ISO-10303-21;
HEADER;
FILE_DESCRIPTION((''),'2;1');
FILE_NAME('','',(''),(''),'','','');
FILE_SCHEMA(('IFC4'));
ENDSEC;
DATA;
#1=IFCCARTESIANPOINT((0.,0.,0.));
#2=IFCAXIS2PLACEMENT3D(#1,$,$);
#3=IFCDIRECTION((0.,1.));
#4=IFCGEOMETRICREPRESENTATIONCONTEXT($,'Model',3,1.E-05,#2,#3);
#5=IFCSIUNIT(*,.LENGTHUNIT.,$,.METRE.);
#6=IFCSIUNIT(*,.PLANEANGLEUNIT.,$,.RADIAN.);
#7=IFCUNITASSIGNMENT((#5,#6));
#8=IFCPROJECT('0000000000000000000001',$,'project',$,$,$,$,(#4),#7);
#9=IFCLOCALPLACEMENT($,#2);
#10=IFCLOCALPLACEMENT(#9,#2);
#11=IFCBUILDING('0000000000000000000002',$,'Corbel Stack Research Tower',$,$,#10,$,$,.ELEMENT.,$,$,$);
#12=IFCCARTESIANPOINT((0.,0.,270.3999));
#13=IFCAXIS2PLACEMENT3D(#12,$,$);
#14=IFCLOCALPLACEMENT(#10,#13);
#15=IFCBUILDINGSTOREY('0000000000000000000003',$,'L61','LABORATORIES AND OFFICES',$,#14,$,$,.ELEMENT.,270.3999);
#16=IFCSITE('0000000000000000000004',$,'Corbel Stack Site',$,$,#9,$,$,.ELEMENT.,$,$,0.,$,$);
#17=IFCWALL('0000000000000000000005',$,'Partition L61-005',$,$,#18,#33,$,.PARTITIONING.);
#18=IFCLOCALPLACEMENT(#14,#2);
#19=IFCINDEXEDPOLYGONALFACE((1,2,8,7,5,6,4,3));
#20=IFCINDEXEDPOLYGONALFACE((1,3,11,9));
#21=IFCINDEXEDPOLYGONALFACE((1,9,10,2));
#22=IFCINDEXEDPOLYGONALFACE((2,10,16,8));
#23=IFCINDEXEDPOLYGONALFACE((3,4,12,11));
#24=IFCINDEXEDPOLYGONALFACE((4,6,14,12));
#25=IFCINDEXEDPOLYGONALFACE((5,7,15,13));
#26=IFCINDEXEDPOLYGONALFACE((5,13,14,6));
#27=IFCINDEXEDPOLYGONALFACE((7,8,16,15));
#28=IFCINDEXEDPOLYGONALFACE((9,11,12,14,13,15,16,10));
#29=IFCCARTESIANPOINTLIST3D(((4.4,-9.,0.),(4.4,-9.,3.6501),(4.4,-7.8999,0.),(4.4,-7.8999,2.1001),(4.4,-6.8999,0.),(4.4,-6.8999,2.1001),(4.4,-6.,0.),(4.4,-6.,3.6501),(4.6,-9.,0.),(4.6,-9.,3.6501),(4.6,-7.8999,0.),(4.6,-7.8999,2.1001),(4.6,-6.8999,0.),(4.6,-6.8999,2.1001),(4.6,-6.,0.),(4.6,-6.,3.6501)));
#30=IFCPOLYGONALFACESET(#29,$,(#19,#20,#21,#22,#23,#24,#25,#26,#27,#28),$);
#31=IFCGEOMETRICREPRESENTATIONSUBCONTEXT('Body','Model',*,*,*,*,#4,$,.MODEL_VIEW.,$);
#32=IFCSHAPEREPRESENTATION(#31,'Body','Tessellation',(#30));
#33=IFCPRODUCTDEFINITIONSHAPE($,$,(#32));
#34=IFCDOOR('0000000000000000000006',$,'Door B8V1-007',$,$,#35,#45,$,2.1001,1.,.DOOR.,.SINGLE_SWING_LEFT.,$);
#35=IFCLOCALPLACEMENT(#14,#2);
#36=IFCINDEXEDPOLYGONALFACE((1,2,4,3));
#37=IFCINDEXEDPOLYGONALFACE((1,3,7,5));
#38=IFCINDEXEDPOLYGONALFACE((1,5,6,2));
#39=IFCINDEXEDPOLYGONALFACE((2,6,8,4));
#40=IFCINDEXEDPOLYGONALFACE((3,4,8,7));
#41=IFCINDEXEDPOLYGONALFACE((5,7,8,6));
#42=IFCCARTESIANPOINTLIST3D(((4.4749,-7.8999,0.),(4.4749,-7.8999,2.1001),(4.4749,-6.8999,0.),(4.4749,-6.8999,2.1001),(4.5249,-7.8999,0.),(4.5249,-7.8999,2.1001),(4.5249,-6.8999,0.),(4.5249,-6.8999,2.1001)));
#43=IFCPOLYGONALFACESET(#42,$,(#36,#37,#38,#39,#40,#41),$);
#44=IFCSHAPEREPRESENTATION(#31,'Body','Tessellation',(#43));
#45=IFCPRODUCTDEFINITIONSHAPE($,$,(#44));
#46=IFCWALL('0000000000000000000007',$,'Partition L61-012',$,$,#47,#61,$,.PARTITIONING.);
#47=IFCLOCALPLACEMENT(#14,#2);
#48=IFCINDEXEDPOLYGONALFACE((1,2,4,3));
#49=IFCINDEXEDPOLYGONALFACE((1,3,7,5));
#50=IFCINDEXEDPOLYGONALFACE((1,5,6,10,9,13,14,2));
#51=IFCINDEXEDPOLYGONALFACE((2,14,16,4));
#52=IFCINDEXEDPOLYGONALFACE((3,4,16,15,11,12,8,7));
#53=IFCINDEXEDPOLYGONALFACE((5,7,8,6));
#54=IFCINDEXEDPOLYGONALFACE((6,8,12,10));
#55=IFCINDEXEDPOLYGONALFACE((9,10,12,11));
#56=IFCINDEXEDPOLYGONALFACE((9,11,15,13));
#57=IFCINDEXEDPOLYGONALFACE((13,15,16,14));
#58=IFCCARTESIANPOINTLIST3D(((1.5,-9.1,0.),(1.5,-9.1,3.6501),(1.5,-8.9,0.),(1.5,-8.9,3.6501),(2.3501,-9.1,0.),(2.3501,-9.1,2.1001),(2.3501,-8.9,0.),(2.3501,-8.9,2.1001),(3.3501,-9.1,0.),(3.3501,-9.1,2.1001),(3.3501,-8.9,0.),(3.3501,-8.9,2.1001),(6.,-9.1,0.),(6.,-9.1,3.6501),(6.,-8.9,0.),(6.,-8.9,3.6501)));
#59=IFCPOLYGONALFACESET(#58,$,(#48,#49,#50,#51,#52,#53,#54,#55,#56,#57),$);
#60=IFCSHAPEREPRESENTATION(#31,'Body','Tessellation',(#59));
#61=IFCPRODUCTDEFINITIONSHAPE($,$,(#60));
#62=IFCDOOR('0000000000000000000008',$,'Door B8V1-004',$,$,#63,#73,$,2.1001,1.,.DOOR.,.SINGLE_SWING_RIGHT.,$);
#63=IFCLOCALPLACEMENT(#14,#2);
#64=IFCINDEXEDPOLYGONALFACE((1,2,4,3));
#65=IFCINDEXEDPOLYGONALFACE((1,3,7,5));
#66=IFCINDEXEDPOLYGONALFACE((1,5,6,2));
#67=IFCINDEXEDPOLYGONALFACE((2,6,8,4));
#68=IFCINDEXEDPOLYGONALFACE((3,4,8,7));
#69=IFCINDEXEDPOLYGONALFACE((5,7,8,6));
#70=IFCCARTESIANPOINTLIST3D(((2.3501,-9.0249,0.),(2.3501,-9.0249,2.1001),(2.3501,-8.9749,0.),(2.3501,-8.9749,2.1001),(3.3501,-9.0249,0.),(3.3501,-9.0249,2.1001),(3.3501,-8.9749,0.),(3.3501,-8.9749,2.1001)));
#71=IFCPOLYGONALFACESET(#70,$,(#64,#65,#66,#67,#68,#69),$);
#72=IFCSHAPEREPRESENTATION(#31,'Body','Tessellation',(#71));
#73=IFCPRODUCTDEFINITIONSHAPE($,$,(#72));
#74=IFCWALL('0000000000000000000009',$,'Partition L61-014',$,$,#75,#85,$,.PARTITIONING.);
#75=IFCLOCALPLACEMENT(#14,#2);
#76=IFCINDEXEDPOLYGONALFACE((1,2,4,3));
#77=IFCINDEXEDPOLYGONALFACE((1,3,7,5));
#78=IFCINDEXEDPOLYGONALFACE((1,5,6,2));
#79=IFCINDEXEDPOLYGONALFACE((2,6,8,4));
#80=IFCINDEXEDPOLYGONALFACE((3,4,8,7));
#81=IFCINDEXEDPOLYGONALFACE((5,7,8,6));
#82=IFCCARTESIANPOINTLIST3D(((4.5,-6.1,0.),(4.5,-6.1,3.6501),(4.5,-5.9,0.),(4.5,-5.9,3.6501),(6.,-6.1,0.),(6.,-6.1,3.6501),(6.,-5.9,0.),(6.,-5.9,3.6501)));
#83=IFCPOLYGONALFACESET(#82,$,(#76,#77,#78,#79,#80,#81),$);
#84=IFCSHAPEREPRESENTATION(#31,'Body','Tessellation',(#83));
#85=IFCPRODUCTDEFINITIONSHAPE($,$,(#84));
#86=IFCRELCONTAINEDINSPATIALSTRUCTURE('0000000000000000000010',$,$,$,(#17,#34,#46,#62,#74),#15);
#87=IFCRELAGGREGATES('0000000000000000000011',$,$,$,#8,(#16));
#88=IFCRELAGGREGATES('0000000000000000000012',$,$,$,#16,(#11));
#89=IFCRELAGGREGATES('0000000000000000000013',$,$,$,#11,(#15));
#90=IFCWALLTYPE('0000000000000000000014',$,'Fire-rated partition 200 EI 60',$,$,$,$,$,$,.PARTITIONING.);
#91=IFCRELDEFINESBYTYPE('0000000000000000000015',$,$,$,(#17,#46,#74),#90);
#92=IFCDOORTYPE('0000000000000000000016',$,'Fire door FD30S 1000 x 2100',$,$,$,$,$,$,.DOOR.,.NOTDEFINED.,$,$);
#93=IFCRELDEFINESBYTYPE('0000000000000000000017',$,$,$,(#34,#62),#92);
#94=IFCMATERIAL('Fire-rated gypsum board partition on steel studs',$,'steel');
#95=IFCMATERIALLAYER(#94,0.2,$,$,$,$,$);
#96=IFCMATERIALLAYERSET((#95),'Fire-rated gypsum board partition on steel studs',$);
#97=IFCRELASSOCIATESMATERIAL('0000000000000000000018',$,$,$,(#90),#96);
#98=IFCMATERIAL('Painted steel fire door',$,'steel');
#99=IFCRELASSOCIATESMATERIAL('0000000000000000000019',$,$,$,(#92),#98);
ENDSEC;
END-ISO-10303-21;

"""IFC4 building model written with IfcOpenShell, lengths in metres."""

from ifc_helpers import new_model, si_unit, direction, frame, frame_2d, origin, place, context, subcontext, project, spatial, rectangle, extrude, material, layer, layer_set, type_object, element, fill, save


model = new_model("IFC4")

# Units and contexts
model_context = context("Model", 3, precision=1e-05, world=origin(), true_north=direction((0.0, 1.0)))
body_context = subcontext(model_context, "Body", "Model", "MODEL_VIEW")
ifc_project = project(units=[si_unit("LENGTHUNIT", "METRE"), si_unit("PLANEANGLEUNIT", "RADIAN")], contexts=[model_context])

# Site, building, storey
site_placement = place(None, origin())
site = spatial("IfcSite", under=ifc_project, at=site_placement, Name="Corbel Stack Site", CompositionType="ELEMENT", RefElevation=0.0)
building_placement = place(site_placement, origin())
building = spatial("IfcBuilding", under=site, at=building_placement, Name="Corbel Stack Research Tower", CompositionType="ELEMENT")
storey_placement = place(building_placement, frame((0.0, 0.0, 270.3999)))
storey = spatial("IfcBuildingStorey", under=building, at=storey_placement, Name="L61", Description="LABORATORIES AND OFFICES", CompositionType="ELEMENT", Elevation=270.3999)

# Walls, openings, doors
ifc_material_1 = material(Name="Fire-rated gypsum board partition on steel studs", Category="steel")
ifc_layer_1 = layer(ifc_material_1, 0.2)
ifc_layer_set_1 = layer_set([ifc_layer_1], Name="Fire-rated gypsum board partition on steel studs")
wall_type_1 = type_object("IfcWallType", Name="Fire-rated partition 200 EI 60", PredefinedType="PARTITIONING", material=ifc_layer_set_1)
wall_1_placement = place(storey_placement, frame((4.5, -6.0, 0.0), z_axis=(0.0, 0.0, 1.0), x_axis=(0.0, -1.0, 0.0)))
wall_1 = element("IfcWall", 1, at=wall_1_placement, inside=storey, type_object=wall_type_1, Name="Partition L61-005", PredefinedType="PARTITIONING", context=body_context, shape_type="SweptSolid", body=[
    extrude(rectangle(XDim=3.0, YDim=0.2, at=frame_2d((1.5, 0.0))), origin(), (0.0, 0.0, 1.0), 3.6501),
])
opening_1_placement = place(wall_1_placement, frame((0.8999, 0.0, 0.0)))
opening_1 = element("IfcOpeningElement", 2, at=opening_1_placement, cuts=wall_1, PredefinedType="OPENING", context=body_context, shape_type="SweptSolid", body=[
    extrude(rectangle(XDim=1.0, YDim=2.1001, at=frame_2d((0.5, 1.05))), frame((0.0, 0.1099, 0.0), z_axis=(0.0, -1.0, 0.0), x_axis=(1.0, 0.0, 0.0)), (0.0, 0.0, 1.0), 0.22),
])
ifc_material_2 = material(Name="Painted steel fire door", Category="steel")
door_type_1 = type_object("IfcDoorType", Name="Fire door FD30S 1000 x 2100", OperationType="NOTDEFINED", PredefinedType="DOOR", material=ifc_material_2)
door_1_placement = place(opening_1_placement, origin())
door_1 = element("IfcDoor", 3, at=door_1_placement, inside=storey, type_object=door_type_1, Name="Door B8V1-007", OperationType="SINGLE_SWING_LEFT", OverallHeight=2.1001, OverallWidth=1.0, PredefinedType="DOOR", context=body_context, shape_type="SweptSolid", body=[
    extrude(rectangle(XDim=1.0, YDim=2.1001, at=frame_2d((0.5, 1.05))), frame((0.0, 0.0249, 0.0), z_axis=(0.0, -1.0, 0.0), x_axis=(1.0, 0.0, 0.0)), (0.0, 0.0, 1.0), 0.05),
])
fill(opening_1, door_1)
wall_2_placement = place(storey_placement, frame((6.0, -9.0, 0.0), z_axis=(0.0, 0.0, 1.0), x_axis=(-1.0, 0.0, 0.0)))
wall_2 = element("IfcWall", 4, at=wall_2_placement, inside=storey, type_object=wall_type_1, Name="Partition L61-012", PredefinedType="PARTITIONING", context=body_context, shape_type="SweptSolid", body=[
    extrude(rectangle(XDim=4.5, YDim=0.2, at=frame_2d((2.25, 0.0))), origin(), (0.0, 0.0, 1.0), 3.6501),
])
opening_2_placement = place(wall_2_placement, frame((2.6499, 0.0, 0.0)))
opening_2 = element("IfcOpeningElement", 5, at=opening_2_placement, cuts=wall_2, PredefinedType="OPENING", context=body_context, shape_type="SweptSolid", body=[
    extrude(rectangle(XDim=1.0, YDim=2.1001, at=frame_2d((0.5, 1.05))), frame((0.0, 0.1099, 0.0), z_axis=(0.0, -1.0, 0.0), x_axis=(1.0, 0.0, 0.0)), (0.0, 0.0, 1.0), 0.22),
])
door_2_placement = place(opening_2_placement, origin())
door_2 = element("IfcDoor", 6, at=door_2_placement, inside=storey, type_object=door_type_1, Name="Door B8V1-004", OperationType="SINGLE_SWING_RIGHT", OverallHeight=2.1001, OverallWidth=1.0, PredefinedType="DOOR", context=body_context, shape_type="SweptSolid", body=[
    extrude(rectangle(XDim=1.0, YDim=2.1001, at=frame_2d((0.5, 1.05))), frame((0.0, 0.0249, 0.0), z_axis=(0.0, -1.0, 0.0), x_axis=(1.0, 0.0, 0.0)), (0.0, 0.0, 1.0), 0.05),
])
fill(opening_2, door_2)

# Wall
wall_3_placement = place(storey_placement, frame((4.5, -6.0, 0.0), z_axis=(0.0, 0.0, 1.0), x_axis=(1.0, 0.0, 0.0)))
element("IfcWall", 7, at=wall_3_placement, inside=storey, type_object=wall_type_1, Name="Partition L61-014", PredefinedType="PARTITIONING", context=body_context, shape_type="SweptSolid", body=[
    extrude(rectangle(XDim=1.5, YDim=0.2, at=frame_2d((0.75, 0.0))), origin(), (0.0, 0.0, 1.0), 3.6501),
])

save(model, "model.ifc")
